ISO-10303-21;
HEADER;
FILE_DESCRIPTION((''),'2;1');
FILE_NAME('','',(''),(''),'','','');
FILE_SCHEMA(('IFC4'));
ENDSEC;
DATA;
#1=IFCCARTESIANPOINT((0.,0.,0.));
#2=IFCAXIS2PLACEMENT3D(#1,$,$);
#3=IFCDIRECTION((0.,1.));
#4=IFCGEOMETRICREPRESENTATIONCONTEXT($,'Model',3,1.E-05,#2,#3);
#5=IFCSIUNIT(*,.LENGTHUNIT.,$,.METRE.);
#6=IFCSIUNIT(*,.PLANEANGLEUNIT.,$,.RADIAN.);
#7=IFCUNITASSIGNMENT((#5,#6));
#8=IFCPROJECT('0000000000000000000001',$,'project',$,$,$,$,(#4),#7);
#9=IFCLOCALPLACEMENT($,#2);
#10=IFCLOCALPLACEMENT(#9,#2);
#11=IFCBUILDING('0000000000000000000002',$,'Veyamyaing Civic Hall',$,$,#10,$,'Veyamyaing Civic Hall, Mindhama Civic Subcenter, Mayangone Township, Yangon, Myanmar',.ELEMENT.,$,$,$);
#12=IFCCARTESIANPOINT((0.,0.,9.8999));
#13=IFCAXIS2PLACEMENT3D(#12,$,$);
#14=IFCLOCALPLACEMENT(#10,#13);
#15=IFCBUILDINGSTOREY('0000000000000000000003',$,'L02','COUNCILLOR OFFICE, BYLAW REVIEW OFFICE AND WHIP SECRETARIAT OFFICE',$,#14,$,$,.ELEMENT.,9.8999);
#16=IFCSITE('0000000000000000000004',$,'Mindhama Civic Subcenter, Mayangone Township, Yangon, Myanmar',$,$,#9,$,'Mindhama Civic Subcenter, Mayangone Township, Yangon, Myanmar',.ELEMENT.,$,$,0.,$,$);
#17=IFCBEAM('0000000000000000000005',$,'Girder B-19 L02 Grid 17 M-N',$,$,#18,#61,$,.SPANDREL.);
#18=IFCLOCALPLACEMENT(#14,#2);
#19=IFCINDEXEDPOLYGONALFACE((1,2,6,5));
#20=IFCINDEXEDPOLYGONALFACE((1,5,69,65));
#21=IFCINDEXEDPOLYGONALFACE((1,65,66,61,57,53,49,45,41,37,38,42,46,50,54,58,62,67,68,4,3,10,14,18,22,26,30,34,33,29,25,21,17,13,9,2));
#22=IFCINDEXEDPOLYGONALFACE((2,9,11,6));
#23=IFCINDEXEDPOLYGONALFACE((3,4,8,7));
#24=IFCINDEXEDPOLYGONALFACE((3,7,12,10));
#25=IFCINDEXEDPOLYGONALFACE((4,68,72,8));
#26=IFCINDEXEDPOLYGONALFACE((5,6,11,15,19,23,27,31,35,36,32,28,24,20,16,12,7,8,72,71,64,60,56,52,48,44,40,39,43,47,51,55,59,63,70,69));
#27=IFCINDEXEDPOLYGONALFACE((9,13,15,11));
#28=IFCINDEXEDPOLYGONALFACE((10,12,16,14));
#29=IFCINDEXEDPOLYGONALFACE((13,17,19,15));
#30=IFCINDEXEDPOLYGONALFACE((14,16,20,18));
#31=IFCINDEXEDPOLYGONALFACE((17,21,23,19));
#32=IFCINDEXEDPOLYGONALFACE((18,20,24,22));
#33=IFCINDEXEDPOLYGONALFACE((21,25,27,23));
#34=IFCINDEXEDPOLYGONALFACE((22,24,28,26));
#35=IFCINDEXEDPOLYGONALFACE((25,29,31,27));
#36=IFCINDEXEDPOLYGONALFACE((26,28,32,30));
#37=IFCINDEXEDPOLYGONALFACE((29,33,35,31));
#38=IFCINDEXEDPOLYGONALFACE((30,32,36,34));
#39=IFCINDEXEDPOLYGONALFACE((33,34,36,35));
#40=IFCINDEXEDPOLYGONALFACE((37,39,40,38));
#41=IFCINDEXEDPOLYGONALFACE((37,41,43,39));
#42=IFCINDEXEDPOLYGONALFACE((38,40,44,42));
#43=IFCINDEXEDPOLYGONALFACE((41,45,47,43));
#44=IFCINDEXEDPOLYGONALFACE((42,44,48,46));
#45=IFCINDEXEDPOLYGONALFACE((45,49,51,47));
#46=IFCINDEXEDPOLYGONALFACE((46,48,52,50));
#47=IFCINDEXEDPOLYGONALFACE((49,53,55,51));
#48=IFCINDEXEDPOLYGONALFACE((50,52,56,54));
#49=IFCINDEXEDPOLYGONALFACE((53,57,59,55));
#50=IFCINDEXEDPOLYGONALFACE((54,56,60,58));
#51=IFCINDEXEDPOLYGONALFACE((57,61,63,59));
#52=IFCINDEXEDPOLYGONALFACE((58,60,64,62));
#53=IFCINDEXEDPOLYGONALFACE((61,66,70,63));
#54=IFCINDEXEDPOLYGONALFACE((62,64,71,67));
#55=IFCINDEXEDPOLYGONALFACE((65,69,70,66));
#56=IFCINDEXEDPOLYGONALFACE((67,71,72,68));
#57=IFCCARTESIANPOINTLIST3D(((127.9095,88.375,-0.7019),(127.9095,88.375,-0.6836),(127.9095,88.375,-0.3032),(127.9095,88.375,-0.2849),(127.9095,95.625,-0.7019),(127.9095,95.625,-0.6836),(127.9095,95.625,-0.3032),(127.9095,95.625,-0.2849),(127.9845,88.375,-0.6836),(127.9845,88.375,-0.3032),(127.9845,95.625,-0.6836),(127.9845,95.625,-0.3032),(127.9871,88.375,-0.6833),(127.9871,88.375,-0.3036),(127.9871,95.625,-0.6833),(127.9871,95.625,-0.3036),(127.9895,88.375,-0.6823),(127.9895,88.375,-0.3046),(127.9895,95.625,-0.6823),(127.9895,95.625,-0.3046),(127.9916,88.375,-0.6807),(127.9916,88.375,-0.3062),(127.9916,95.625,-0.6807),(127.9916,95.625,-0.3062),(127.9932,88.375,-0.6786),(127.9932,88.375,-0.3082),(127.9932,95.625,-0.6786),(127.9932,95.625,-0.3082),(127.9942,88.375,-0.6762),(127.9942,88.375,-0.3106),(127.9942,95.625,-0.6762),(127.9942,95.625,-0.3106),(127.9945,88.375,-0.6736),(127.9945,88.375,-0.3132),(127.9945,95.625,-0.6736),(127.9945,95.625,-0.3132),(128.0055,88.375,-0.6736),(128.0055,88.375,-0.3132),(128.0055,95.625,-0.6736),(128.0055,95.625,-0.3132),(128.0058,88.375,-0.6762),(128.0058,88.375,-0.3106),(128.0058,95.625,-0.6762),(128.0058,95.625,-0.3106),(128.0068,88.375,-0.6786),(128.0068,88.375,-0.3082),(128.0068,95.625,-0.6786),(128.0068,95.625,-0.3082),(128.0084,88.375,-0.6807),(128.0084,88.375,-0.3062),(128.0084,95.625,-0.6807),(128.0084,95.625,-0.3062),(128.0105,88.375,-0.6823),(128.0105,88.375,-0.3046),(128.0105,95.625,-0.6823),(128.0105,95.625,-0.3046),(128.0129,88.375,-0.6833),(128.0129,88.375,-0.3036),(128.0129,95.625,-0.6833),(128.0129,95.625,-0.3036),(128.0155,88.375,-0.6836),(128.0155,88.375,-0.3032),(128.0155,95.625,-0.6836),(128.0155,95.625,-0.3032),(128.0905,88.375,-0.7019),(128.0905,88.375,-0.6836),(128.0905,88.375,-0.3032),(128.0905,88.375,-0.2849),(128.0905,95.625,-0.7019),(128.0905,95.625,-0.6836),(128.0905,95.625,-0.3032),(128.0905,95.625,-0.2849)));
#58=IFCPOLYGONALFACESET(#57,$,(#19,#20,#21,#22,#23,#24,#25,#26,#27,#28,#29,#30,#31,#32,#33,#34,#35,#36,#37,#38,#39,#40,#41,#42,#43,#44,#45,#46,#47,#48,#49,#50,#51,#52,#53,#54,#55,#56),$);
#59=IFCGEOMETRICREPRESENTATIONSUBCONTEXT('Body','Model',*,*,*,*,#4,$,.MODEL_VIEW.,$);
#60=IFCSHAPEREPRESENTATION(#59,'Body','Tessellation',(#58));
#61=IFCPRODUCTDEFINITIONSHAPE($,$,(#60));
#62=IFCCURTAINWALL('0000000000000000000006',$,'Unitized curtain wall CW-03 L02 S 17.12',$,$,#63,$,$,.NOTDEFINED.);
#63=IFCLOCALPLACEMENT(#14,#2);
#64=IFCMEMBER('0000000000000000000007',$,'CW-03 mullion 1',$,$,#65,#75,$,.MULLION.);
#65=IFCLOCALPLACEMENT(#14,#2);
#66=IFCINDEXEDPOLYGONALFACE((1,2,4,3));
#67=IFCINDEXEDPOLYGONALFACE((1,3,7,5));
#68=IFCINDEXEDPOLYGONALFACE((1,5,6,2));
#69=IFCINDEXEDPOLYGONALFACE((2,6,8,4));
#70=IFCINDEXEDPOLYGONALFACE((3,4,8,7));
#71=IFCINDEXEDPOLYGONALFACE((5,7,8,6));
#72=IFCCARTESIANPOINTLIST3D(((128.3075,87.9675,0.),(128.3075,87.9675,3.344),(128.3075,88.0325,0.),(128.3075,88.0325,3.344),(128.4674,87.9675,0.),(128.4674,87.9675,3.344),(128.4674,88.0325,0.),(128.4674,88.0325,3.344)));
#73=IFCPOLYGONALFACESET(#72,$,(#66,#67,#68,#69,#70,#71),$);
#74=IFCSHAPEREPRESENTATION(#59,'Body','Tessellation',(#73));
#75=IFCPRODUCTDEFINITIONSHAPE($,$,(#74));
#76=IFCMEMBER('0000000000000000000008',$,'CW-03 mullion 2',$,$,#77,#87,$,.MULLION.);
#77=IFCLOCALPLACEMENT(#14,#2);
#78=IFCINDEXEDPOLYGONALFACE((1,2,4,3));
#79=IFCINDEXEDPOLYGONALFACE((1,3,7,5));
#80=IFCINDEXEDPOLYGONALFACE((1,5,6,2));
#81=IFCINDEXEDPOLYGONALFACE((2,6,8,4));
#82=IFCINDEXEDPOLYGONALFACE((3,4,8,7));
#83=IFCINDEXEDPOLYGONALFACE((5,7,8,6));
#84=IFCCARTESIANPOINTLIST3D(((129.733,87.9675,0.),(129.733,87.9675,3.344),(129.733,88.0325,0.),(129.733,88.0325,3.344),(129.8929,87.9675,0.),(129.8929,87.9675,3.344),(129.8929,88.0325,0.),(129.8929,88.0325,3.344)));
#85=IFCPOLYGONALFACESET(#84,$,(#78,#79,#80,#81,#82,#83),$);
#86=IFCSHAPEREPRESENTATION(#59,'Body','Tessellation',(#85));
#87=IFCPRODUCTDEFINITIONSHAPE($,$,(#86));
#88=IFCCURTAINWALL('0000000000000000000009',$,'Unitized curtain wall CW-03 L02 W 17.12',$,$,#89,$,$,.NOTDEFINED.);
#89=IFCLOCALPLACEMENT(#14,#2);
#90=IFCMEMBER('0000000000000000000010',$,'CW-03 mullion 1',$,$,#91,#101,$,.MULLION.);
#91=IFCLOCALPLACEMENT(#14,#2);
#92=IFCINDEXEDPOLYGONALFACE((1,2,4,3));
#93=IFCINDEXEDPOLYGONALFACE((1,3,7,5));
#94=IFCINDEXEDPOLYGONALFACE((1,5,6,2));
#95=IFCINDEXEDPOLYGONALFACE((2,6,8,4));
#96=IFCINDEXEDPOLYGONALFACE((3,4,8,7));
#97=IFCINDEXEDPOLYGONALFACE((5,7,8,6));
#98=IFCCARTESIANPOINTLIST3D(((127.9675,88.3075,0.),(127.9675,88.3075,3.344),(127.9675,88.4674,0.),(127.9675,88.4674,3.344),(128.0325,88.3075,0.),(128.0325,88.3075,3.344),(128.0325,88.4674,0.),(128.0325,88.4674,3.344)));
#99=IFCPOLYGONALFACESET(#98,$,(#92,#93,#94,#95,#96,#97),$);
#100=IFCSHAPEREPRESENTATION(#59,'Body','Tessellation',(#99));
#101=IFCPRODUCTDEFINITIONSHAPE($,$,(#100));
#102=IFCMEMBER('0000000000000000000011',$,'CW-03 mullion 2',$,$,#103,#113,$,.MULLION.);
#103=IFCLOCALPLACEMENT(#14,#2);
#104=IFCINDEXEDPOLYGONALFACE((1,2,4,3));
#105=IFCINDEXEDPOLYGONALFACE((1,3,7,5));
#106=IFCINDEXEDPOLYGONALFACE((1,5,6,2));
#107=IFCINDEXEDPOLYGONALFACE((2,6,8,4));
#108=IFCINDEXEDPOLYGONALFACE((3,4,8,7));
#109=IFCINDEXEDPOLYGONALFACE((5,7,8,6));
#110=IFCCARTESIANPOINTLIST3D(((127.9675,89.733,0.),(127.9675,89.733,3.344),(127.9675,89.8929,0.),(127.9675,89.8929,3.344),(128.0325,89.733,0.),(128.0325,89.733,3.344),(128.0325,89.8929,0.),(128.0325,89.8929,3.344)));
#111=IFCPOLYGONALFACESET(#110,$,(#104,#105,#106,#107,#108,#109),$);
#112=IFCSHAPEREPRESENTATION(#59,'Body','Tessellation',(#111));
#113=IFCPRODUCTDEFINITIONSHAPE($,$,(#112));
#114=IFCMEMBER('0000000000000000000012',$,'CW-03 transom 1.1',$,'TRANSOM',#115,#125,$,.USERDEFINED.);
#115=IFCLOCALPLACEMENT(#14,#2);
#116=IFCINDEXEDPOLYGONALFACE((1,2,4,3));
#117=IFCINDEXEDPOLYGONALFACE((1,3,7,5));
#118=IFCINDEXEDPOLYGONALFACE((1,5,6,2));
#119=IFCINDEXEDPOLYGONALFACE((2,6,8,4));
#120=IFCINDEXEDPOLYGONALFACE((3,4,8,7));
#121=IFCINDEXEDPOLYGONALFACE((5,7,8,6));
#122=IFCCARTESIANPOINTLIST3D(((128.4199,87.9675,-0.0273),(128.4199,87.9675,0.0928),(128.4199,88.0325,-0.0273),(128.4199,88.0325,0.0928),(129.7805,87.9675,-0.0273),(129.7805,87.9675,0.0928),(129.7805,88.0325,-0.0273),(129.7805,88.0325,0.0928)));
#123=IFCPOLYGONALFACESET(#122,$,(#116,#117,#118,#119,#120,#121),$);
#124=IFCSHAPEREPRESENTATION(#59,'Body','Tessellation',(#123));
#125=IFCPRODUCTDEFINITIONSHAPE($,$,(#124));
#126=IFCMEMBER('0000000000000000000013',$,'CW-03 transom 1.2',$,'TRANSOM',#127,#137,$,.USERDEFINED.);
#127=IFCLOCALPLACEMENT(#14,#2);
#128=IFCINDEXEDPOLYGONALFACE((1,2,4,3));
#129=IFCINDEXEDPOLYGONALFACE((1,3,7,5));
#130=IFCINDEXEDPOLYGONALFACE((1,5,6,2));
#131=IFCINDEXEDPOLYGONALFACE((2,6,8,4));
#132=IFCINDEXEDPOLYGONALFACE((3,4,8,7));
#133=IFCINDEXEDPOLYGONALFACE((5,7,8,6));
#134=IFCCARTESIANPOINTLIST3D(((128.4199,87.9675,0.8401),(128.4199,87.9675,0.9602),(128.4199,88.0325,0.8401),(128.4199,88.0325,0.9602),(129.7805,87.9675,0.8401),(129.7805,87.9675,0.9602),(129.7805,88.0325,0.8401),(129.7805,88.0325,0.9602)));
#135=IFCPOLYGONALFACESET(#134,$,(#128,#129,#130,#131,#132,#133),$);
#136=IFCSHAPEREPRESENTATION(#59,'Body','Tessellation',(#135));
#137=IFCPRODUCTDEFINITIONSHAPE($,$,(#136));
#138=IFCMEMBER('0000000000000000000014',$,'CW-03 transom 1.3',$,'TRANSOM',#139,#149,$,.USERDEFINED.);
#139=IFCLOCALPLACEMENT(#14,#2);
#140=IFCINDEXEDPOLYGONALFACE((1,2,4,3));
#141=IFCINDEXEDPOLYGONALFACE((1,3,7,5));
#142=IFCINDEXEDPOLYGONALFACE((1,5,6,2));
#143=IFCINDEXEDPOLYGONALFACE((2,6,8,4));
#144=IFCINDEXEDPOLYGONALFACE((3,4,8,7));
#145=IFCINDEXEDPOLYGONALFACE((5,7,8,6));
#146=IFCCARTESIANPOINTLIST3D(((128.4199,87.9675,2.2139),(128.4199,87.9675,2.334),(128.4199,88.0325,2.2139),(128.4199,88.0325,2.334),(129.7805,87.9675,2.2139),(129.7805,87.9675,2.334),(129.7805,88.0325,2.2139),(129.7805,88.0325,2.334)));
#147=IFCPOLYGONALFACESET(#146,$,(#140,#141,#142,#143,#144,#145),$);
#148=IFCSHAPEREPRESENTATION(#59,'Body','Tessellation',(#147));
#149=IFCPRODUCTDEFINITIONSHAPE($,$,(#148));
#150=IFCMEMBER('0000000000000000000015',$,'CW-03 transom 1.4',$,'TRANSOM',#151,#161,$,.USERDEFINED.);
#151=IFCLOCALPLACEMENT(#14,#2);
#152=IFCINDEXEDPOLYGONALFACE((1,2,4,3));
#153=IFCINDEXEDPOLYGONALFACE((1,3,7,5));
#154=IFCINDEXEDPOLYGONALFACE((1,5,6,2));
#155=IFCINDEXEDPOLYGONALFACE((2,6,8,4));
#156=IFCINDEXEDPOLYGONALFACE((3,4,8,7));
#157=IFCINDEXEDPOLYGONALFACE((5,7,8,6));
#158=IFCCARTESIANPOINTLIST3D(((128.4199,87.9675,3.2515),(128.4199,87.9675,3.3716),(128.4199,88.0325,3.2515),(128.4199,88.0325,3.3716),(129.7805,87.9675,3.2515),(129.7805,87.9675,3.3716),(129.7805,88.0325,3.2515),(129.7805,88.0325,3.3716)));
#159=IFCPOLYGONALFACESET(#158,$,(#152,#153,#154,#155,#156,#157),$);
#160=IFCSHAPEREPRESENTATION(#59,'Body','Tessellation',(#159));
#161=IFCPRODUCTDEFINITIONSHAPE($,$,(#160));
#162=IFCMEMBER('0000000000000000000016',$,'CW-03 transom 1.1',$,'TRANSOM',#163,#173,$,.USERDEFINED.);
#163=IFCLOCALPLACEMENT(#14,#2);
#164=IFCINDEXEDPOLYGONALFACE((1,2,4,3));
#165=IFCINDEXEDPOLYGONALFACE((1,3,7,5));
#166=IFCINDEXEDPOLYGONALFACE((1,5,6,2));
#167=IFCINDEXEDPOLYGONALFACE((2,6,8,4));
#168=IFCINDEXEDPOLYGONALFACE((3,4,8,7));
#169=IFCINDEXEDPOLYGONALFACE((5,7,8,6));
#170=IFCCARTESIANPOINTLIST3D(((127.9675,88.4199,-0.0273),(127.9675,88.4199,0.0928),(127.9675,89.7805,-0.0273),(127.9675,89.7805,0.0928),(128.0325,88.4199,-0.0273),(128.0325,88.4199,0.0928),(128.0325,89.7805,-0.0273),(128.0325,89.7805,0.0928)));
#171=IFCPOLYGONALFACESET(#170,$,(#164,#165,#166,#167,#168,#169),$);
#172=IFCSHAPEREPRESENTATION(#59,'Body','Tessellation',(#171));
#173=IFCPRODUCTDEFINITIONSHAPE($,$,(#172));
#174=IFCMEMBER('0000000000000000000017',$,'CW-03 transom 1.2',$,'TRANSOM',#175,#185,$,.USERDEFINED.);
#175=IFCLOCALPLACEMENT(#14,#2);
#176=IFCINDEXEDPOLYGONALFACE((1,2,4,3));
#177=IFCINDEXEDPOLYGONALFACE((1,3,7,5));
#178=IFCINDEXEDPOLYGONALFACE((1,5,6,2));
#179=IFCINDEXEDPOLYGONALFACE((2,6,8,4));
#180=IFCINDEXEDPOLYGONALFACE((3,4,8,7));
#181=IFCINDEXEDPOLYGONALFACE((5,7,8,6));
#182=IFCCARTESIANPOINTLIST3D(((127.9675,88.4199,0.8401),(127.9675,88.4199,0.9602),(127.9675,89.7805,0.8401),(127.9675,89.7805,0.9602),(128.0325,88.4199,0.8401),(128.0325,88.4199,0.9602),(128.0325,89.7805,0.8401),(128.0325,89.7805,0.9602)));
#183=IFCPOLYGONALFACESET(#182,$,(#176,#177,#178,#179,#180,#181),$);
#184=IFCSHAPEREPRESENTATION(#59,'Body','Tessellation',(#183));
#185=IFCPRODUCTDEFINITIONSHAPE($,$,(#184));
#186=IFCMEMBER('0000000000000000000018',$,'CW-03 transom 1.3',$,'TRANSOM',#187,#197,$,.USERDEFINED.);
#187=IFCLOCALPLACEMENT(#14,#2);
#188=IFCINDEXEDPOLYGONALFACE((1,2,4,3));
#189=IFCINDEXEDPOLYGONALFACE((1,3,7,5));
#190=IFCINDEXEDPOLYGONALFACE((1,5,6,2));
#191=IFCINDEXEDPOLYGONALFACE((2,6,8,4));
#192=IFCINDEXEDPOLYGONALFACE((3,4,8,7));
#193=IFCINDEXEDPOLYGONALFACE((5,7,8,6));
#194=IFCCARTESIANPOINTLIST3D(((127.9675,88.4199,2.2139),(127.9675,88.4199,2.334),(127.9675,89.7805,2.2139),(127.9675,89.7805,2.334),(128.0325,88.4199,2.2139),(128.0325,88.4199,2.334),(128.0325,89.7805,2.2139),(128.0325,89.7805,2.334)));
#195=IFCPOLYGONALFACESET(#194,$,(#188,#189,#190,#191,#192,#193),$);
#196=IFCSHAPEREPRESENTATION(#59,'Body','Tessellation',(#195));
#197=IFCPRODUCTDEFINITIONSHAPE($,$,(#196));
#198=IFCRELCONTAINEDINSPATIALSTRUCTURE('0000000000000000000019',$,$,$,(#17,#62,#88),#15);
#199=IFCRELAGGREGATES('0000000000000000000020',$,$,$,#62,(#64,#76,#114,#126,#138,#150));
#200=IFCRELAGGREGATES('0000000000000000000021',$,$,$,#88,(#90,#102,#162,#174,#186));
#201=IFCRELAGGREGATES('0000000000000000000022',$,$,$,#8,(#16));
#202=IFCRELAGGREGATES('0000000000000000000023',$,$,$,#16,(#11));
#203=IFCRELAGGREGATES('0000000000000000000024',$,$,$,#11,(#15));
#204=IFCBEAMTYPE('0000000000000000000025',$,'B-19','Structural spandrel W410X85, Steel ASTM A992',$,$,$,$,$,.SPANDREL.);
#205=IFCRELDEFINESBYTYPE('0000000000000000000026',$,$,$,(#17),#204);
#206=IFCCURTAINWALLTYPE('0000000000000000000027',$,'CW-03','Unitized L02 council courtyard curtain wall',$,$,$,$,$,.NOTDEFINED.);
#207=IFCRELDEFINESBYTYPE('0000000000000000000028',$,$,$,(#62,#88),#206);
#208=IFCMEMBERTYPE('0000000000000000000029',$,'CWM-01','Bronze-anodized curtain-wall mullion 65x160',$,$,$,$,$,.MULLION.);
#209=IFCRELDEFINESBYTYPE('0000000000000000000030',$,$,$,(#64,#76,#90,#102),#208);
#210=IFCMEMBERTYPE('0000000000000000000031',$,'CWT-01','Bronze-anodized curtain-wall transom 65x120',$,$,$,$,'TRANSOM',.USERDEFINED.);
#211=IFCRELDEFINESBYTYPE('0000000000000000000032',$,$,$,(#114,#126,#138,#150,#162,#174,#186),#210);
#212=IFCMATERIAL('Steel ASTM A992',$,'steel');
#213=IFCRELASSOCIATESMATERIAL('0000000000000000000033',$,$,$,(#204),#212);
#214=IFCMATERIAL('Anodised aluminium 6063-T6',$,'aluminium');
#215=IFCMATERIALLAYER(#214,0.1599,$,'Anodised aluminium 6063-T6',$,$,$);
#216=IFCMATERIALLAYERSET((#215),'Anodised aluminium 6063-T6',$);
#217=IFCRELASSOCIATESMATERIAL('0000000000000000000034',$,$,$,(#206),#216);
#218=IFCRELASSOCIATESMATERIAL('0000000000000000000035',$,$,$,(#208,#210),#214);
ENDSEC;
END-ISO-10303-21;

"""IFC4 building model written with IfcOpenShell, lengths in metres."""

from ifc_helpers import new_model, si_unit, direction, frame, origin, origin_2d, place, context, subcontext, project, spatial, rectangle, i_section, extrude, material, layer, layer_set, material_profile, profile_set, type_object, element, aggregate, save


model = new_model("IFC4")

# Units and contexts
model_context = context("Model", 3, precision=1e-05, world=origin(), true_north=direction((0.0, 1.0)))
body_context = subcontext(model_context, "Body", "Model", "MODEL_VIEW")
ifc_project = project(units=[si_unit("LENGTHUNIT", "METRE"), si_unit("PLANEANGLEUNIT", "RADIAN")], contexts=[model_context])

# Site, building, storey
site_placement = place(None, origin())
site = spatial("IfcSite", under=ifc_project, at=site_placement, Name="Mindhama Civic Subcenter, Mayangone Township, Yangon, Myanmar", LongName="Mindhama Civic Subcenter, Mayangone Township, Yangon, Myanmar", CompositionType="ELEMENT", RefElevation=0.0)
building_placement = place(site_placement, origin())
building = spatial("IfcBuilding", under=site, at=building_placement, Name="Veyamyaing Civic Hall", LongName="Veyamyaing Civic Hall, Mindhama Civic Subcenter, Mayangone Township, Yangon, Myanmar", CompositionType="ELEMENT")
storey_placement = place(building_placement, frame((0.0, 0.0, 9.8999)))
storey = spatial("IfcBuildingStorey", under=building, at=storey_placement, Name="L02", Description="COUNCILLOR OFFICE, BYLAW REVIEW OFFICE AND WHIP SECRETARIAT OFFICE", CompositionType="ELEMENT", Elevation=9.8999)

# Beam
ifc_material_1 = material(Name="Steel ASTM A992", Category="steel")
ifc_material_profile_1 = material_profile(ifc_material_1, i_section(OverallWidth=0.1809, OverallDepth=0.417, WebThickness=0.011, FlangeThickness=0.0183, FilletRadius=0.01, at=origin_2d()), Name="W410X85")
ifc_profile_set_1 = profile_set([ifc_material_profile_1], Name="Steel ASTM A992")
beam_type = type_object("IfcBeamType", Name="B-19", Description="Structural spandrel W410X85, Steel ASTM A992", PredefinedType="SPANDREL", material=ifc_profile_set_1)
beam_placement = place(storey_placement, frame((128.0, 88.375, -0.4934), z_axis=(0.0, 1.0, 0.0), x_axis=(-1.0, 0.0, 0.0)))
element("IfcBeam", 1, at=beam_placement, inside=storey, type_object=beam_type, Name="Girder B-19 L02 Grid 17 M-N", PredefinedType="SPANDREL", context=body_context, shape_type="SweptSolid", body=[
    extrude(i_section(OverallWidth=0.1809, OverallDepth=0.417, WebThickness=0.011, FlangeThickness=0.0183, FilletRadius=0.01, at=origin_2d()), origin(), (0.0, 0.0, 1.0), 7.25),
])

# Curtain walls, members
ifc_material_2 = material(Name="Anodised aluminium 6063-T6", Category="aluminium")
ifc_layer_1 = layer(ifc_material_2, 0.1599, Name="Anodised aluminium 6063-T6")
ifc_layer_set_1 = layer_set([ifc_layer_1], Name="Anodised aluminium 6063-T6")
curtain_wall_type = type_object("IfcCurtainWallType", Name="CW-03", Description="Unitized L02 council courtyard curtain wall", PredefinedType="NOTDEFINED", material=ifc_layer_set_1)
curtain_wall_1_placement = place(storey_placement, origin())
curtain_wall_1 = element("IfcCurtainWall", 2, at=curtain_wall_1_placement, inside=storey, type_object=curtain_wall_type, Name="Unitized curtain wall CW-03 L02 S 17.12", PredefinedType="NOTDEFINED")
ifc_material_profile_2 = material_profile(ifc_material_2, rectangle(XDim=0.0649, YDim=0.1599, at=origin_2d()), Name="ALU-MUL-65X160")
ifc_profile_set_2 = profile_set([ifc_material_profile_2], Name="Anodised aluminium 6063-T6")
member_type_1 = type_object("IfcMemberType", Name="CWM-01", Description="Bronze-anodized curtain-wall mullion 65x160", PredefinedType="MULLION", material=ifc_profile_set_2)
member_1_placement = place(storey_placement, frame((128.3875, 88.0, 0.0), z_axis=(0.0, 0.0, 1.0), x_axis=(0.0, 1.0, 0.0)))
member_1 = element("IfcMember", 3, at=member_1_placement, type_object=member_type_1, Name="CW-03 mullion 1", PredefinedType="MULLION", context=body_context, shape_type="SweptSolid", body=[
    extrude(rectangle(XDim=0.0649, YDim=0.1599, at=origin_2d()), origin(), (0.0, 0.0, 1.0), 3.344),
])
member_2_placement = place(storey_placement, frame((129.813, 88.0, 0.0), z_axis=(0.0, 0.0, 1.0), x_axis=(0.0, 1.0, 0.0)))
member_2 = element("IfcMember", 4, at=member_2_placement, type_object=member_type_1, Name="CW-03 mullion 2", PredefinedType="MULLION", context=body_context, shape_type="SweptSolid", body=[
    extrude(rectangle(XDim=0.0649, YDim=0.1599, at=origin_2d()), origin(), (0.0, 0.0, 1.0), 3.344),
])
curtain_wall_2_placement = place(storey_placement, origin())
curtain_wall_2 = element("IfcCurtainWall", 5, at=curtain_wall_2_placement, inside=storey, type_object=curtain_wall_type, Name="Unitized curtain wall CW-03 L02 W 17.12", PredefinedType="NOTDEFINED")
member_3_placement = place(storey_placement, frame((128.0, 88.3875, 0.0), z_axis=(0.0, 0.0, 1.0), x_axis=(-1.0, 0.0, 0.0)))
member_3 = element("IfcMember", 6, at=member_3_placement, type_object=member_type_1, Name="CW-03 mullion 1", PredefinedType="MULLION", context=body_context, shape_type="SweptSolid", body=[
    extrude(rectangle(XDim=0.0649, YDim=0.1599, at=origin_2d()), origin(), (0.0, 0.0, 1.0), 3.344),
])
member_4_placement = place(storey_placement, frame((128.0, 89.813, 0.0), z_axis=(0.0, 0.0, 1.0), x_axis=(-1.0, 0.0, 0.0)))
member_4 = element("IfcMember", 7, at=member_4_placement, type_object=member_type_1, Name="CW-03 mullion 2", PredefinedType="MULLION", context=body_context, shape_type="SweptSolid", body=[
    extrude(rectangle(XDim=0.0649, YDim=0.1599, at=origin_2d()), origin(), (0.0, 0.0, 1.0), 3.344),
])

# Members
ifc_material_profile_3 = material_profile(ifc_material_2, rectangle(XDim=0.0649, YDim=0.1201, at=origin_2d()), Name="ALU-TRN-65X120")
ifc_profile_set_3 = profile_set([ifc_material_profile_3], Name="Anodised aluminium 6063-T6")
member_type_2 = type_object("IfcMemberType", Name="CWT-01", Description="Bronze-anodized curtain-wall transom 65x120", ElementType="TRANSOM", PredefinedType="USERDEFINED", material=ifc_profile_set_3)
member_5_placement = place(storey_placement, frame((128.4199, 88.0, 0.0327), z_axis=(1.0, 0.0, 0.0), x_axis=(0.0, 1.0, 0.0)))
member_5 = element("IfcMember", 8, at=member_5_placement, type_object=member_type_2, Name="CW-03 transom 1.1", ObjectType="TRANSOM", PredefinedType="USERDEFINED", context=body_context, shape_type="SweptSolid", body=[
    extrude(rectangle(XDim=0.0649, YDim=0.1201, at=origin_2d()), origin(), (0.0, 0.0, 1.0), 1.3606),
])
member_6_placement = place(storey_placement, frame((128.4199, 88.0, 0.9001), z_axis=(1.0, 0.0, 0.0), x_axis=(0.0, 1.0, 0.0)))
member_6 = element("IfcMember", 9, at=member_6_placement, type_object=member_type_2, Name="CW-03 transom 1.2", ObjectType="TRANSOM", PredefinedType="USERDEFINED", context=body_context, shape_type="SweptSolid", body=[
    extrude(rectangle(XDim=0.0649, YDim=0.1201, at=origin_2d()), origin(), (0.0, 0.0, 1.0), 1.3606),
])
member_7_placement = place(storey_placement, frame((128.4199, 88.0, 2.2739), z_axis=(1.0, 0.0, 0.0), x_axis=(0.0, 1.0, 0.0)))
member_7 = element("IfcMember", 10, at=member_7_placement, type_object=member_type_2, Name="CW-03 transom 1.3", ObjectType="TRANSOM", PredefinedType="USERDEFINED", context=body_context, shape_type="SweptSolid", body=[
    extrude(rectangle(XDim=0.0649, YDim=0.1201, at=origin_2d()), origin(), (0.0, 0.0, 1.0), 1.3606),
])
member_8_placement = place(storey_placement, frame((128.4199, 88.0, 3.3115), z_axis=(1.0, 0.0, 0.0), x_axis=(0.0, 1.0, 0.0)))
member_8 = element("IfcMember", 11, at=member_8_placement, type_object=member_type_2, Name="CW-03 transom 1.4", ObjectType="TRANSOM", PredefinedType="USERDEFINED", context=body_context, shape_type="SweptSolid", body=[
    extrude(rectangle(XDim=0.0649, YDim=0.1201, at=origin_2d()), origin(), (0.0, 0.0, 1.0), 1.3606),
])
member_9_placement = place(storey_placement, frame((128.0, 88.4199, 0.0327), z_axis=(0.0, 1.0, 0.0), x_axis=(-1.0, 0.0, 0.0)))
member_9 = element("IfcMember", 12, at=member_9_placement, type_object=member_type_2, Name="CW-03 transom 1.1", ObjectType="TRANSOM", PredefinedType="USERDEFINED", context=body_context, shape_type="SweptSolid", body=[
    extrude(rectangle(XDim=0.0649, YDim=0.1201, at=origin_2d()), origin(), (0.0, 0.0, 1.0), 1.3606),
])
member_10_placement = place(storey_placement, frame((128.0, 88.4199, 0.9001), z_axis=(0.0, 1.0, 0.0), x_axis=(-1.0, 0.0, 0.0)))
member_10 = element("IfcMember", 13, at=member_10_placement, type_object=member_type_2, Name="CW-03 transom 1.2", ObjectType="TRANSOM", PredefinedType="USERDEFINED", context=body_context, shape_type="SweptSolid", body=[
    extrude(rectangle(XDim=0.0649, YDim=0.1201, at=origin_2d()), origin(), (0.0, 0.0, 1.0), 1.3606),
])
member_11_placement = place(storey_placement, frame((128.0, 88.4199, 2.2739), z_axis=(0.0, 1.0, 0.0), x_axis=(-1.0, 0.0, 0.0)))
member_11 = element("IfcMember", 14, at=member_11_placement, type_object=member_type_2, Name="CW-03 transom 1.3", ObjectType="TRANSOM", PredefinedType="USERDEFINED", context=body_context, shape_type="SweptSolid", body=[
    extrude(rectangle(XDim=0.0649, YDim=0.1201, at=origin_2d()), origin(), (0.0, 0.0, 1.0), 1.3606),
])

aggregate(curtain_wall_1, [member_1, member_2, member_5, member_6, member_7, member_8])
aggregate(curtain_wall_2, [member_3, member_4, member_9, member_10, member_11])

save(model, "model.ifc")
